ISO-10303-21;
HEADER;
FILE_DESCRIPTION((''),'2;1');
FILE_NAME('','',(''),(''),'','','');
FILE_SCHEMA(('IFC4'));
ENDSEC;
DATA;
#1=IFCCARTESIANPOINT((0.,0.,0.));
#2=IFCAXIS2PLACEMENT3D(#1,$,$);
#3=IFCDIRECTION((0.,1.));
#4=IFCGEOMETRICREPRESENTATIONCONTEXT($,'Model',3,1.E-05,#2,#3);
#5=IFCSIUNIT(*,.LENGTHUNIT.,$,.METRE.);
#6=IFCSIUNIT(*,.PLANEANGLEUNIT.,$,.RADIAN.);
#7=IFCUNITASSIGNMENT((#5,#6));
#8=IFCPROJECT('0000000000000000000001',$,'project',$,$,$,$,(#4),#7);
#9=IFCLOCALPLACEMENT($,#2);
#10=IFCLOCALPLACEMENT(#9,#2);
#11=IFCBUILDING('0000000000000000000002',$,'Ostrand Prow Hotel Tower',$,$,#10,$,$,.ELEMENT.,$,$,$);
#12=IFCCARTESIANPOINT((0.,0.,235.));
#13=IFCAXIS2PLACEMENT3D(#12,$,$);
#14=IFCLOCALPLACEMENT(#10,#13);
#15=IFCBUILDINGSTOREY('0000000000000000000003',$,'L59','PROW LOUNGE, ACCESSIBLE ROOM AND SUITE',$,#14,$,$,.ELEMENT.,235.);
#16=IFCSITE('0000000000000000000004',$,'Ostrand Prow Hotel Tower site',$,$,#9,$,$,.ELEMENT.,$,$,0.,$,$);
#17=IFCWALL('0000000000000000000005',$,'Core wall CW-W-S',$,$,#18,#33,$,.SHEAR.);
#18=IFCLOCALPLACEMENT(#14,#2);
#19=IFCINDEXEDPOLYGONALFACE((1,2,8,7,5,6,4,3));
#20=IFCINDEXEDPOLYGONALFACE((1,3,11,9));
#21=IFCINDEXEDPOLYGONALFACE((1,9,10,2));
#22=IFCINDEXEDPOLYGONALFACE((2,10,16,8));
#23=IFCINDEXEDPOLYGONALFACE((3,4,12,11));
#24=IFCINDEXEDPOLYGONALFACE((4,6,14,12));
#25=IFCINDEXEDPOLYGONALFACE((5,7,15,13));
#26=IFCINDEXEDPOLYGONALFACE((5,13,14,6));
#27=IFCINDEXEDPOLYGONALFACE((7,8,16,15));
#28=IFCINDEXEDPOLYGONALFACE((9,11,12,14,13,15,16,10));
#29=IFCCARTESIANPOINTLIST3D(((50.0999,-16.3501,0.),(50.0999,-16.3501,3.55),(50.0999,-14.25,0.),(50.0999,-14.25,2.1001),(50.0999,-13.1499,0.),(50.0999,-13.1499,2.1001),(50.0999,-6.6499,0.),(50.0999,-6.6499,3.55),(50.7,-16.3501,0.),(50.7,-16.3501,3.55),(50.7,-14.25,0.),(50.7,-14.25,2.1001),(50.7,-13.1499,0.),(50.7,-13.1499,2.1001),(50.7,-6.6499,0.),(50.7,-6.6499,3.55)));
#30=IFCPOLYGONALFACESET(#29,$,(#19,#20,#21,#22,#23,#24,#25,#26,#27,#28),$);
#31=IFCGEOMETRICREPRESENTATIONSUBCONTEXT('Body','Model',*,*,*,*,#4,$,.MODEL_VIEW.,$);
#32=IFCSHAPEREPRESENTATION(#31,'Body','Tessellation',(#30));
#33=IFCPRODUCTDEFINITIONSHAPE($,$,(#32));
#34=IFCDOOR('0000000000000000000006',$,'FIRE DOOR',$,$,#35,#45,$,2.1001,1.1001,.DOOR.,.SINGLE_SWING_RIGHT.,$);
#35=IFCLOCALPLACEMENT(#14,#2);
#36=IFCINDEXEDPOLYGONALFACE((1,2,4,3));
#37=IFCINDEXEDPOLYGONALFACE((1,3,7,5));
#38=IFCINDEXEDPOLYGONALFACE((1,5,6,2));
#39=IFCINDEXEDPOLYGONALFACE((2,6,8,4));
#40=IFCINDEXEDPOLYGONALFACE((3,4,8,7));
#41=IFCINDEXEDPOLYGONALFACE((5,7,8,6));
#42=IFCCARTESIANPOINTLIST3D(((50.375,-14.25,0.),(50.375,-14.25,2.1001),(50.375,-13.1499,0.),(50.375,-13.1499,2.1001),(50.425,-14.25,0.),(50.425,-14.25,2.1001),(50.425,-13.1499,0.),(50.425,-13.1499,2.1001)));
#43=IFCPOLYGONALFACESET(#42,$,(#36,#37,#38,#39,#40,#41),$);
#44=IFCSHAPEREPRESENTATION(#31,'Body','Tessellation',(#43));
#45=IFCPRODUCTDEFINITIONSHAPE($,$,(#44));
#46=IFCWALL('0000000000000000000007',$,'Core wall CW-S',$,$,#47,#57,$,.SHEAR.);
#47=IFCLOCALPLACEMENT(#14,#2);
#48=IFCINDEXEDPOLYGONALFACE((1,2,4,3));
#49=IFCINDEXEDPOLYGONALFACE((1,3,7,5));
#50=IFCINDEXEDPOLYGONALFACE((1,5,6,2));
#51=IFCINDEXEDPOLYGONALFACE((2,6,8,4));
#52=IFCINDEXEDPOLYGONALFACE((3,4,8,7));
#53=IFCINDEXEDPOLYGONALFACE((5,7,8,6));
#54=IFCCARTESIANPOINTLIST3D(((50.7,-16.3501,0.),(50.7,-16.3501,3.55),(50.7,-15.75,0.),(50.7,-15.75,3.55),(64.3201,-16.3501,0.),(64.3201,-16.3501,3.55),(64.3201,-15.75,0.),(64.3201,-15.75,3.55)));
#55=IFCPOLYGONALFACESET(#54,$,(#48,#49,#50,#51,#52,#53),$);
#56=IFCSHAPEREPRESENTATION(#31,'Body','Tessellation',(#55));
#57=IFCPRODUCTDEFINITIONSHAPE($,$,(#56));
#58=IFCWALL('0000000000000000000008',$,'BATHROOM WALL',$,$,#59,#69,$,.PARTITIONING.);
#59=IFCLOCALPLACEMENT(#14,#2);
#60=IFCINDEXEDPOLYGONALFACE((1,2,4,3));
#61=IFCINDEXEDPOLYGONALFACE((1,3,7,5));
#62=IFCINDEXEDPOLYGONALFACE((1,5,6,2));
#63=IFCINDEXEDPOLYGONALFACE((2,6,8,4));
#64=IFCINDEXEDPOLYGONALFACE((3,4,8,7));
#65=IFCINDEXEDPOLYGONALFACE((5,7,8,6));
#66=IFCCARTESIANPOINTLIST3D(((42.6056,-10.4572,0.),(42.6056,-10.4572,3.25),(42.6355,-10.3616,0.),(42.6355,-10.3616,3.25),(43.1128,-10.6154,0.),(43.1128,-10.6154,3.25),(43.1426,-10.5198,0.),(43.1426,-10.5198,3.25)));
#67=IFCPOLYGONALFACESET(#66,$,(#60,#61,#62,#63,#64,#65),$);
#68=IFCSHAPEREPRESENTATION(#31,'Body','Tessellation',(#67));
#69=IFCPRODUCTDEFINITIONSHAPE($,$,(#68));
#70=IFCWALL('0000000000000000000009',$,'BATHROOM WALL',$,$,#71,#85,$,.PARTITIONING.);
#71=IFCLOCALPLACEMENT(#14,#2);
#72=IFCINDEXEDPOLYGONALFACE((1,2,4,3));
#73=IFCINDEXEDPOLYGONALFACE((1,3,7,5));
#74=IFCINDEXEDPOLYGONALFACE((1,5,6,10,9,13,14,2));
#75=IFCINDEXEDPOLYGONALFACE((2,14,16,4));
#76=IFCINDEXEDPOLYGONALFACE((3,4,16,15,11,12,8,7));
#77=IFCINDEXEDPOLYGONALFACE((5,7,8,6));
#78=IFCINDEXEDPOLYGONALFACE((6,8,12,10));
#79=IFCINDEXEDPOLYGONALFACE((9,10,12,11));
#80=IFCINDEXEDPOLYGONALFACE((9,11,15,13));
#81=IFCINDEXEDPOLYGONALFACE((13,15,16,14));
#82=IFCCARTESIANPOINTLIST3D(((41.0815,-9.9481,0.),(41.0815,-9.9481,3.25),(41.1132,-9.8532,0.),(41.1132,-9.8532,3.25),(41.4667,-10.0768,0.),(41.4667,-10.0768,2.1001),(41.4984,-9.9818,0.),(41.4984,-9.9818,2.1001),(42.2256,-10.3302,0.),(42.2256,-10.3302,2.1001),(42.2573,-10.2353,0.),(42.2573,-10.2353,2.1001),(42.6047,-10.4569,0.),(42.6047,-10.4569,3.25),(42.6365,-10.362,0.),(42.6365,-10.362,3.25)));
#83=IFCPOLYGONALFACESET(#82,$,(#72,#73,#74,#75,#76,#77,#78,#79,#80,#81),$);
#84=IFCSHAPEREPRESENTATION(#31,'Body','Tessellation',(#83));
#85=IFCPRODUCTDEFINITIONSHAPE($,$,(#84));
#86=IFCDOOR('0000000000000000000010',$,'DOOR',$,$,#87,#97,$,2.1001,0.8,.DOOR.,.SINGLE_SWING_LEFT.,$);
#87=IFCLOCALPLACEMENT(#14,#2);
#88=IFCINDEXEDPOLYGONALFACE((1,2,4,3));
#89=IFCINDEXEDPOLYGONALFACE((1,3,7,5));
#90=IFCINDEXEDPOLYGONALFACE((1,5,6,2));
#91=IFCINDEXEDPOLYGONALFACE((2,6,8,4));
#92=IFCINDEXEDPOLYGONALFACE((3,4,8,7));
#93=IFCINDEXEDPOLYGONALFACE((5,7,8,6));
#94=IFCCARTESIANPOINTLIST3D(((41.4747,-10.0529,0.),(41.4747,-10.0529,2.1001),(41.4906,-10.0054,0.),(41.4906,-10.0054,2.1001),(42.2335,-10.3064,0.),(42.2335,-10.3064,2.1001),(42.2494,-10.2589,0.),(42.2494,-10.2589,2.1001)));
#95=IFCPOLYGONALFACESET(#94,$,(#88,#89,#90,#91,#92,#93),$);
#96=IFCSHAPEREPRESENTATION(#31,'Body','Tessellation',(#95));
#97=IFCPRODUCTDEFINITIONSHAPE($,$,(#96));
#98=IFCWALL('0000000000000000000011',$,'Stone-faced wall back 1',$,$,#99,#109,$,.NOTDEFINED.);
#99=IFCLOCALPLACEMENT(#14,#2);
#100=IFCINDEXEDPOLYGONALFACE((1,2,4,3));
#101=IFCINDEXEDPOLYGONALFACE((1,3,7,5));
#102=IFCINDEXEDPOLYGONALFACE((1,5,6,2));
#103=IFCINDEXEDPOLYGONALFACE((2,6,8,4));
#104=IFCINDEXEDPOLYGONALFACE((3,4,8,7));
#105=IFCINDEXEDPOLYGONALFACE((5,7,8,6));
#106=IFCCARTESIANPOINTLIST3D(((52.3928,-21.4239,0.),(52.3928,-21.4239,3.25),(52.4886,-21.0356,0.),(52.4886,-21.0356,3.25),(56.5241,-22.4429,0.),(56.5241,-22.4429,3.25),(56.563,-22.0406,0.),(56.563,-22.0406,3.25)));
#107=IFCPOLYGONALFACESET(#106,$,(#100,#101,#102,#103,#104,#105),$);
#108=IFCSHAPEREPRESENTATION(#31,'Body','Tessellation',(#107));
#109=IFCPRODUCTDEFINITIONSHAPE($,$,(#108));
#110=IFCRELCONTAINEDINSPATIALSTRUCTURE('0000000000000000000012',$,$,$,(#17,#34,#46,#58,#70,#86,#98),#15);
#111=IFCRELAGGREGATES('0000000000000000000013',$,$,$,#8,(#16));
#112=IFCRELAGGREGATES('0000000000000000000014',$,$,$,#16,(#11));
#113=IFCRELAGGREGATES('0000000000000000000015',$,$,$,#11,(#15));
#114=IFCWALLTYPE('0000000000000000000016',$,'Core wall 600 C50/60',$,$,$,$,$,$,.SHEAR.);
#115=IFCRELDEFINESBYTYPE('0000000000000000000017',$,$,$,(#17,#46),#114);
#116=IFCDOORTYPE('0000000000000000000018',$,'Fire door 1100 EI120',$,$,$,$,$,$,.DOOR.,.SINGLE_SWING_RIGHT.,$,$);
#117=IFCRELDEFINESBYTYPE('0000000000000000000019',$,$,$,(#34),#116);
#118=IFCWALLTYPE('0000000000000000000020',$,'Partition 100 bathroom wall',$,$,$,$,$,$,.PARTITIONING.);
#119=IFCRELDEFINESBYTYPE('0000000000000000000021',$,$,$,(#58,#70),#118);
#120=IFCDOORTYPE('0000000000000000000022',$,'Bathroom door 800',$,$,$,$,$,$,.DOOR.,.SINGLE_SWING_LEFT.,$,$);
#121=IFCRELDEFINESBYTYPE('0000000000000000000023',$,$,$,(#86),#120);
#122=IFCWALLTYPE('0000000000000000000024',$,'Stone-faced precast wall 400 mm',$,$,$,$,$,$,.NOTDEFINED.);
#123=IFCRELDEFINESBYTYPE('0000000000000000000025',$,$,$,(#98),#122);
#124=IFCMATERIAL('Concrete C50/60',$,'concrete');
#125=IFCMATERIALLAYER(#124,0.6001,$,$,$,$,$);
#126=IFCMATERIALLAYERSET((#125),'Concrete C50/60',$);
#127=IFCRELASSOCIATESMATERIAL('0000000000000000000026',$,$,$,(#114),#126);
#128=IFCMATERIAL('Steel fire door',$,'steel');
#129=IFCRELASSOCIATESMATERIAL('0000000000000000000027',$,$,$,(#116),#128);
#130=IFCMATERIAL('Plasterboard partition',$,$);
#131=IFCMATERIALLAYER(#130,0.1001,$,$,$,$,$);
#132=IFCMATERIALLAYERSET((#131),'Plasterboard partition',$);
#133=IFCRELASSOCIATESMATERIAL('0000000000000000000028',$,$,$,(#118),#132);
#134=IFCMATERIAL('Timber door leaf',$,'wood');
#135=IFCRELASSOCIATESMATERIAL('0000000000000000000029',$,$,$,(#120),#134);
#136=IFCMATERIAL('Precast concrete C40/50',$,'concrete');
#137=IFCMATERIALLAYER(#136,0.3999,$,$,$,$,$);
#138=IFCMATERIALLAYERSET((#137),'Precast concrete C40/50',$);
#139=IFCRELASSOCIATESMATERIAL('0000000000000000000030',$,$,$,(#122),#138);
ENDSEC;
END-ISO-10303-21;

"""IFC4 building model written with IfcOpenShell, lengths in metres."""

from ifc_helpers import new_model, si_unit, direction, frame, frame_2d, origin, place, context, subcontext, project, spatial, polyline, rectangle, outline, extrude, material, layer, layer_set, type_object, element, fill, save


model = new_model("IFC4")

# Units and contexts
model_context = context("Model", 3, precision=1e-05, world=origin(), true_north=direction((0.0, 1.0)))
body_context = subcontext(model_context, "Body", "Model", "MODEL_VIEW")
ifc_project = project(units=[si_unit("LENGTHUNIT", "METRE"), si_unit("PLANEANGLEUNIT", "RADIAN")], contexts=[model_context])

# Site, building, storey
site_placement = place(None, origin())
site = spatial("IfcSite", under=ifc_project, at=site_placement, Name="Ostrand Prow Hotel Tower site", CompositionType="ELEMENT", RefElevation=0.0)
building_placement = place(site_placement, origin())
building = spatial("IfcBuilding", under=site, at=building_placement, Name="Ostrand Prow Hotel Tower", CompositionType="ELEMENT")
storey_placement = place(building_placement, frame((0.0, 0.0, 235.0)))
storey = spatial("IfcBuildingStorey", under=building, at=storey_placement, Name="L59", Description="PROW LOUNGE, ACCESSIBLE ROOM AND SUITE", CompositionType="ELEMENT", Elevation=235.0)

# Wall, opening, door
ifc_material_1 = material(Name="Concrete C50/60", Category="concrete")
ifc_layer_1 = layer(ifc_material_1, 0.6001)
ifc_layer_set_1 = layer_set([ifc_layer_1], Name="Concrete C50/60")
wall_type_1 = type_object("IfcWallType", Name="Core wall 600 C50/60", PredefinedType="SHEAR", material=ifc_layer_set_1)
wall_1_placement = place(storey_placement, frame((50.3999, -16.3501, 0.0), z_axis=(0.0, 0.0, 1.0), x_axis=(0.0, 1.0, 0.0)))
wall_1 = element("IfcWall", 1, at=wall_1_placement, inside=storey, type_object=wall_type_1, Name="Core wall CW-W-S", PredefinedType="SHEAR", context=body_context, shape_type="SweptSolid", body=[
    extrude(rectangle(XDim=9.7002, YDim=0.6001, at=frame_2d((4.8501, 0.0))), origin(), (0.0, 0.0, 1.0), 3.55),
])
opening_1_placement = place(wall_1_placement, frame((2.1001, 0.0, 0.0)))
opening_1 = element("IfcOpeningElement", 2, at=opening_1_placement, cuts=wall_1, PredefinedType="OPENING", context=body_context, shape_type="SweptSolid", body=[
    extrude(rectangle(XDim=1.1001, YDim=2.1001, at=frame_2d((0.55, 1.05))), frame((0.0, 0.3101, 0.0), z_axis=(0.0, -1.0, 0.0), x_axis=(1.0, 0.0, 0.0)), (0.0, 0.0, 1.0), 0.6201),
])
ifc_material_2 = material(Name="Steel fire door", Category="steel")
door_type_1 = type_object("IfcDoorType", Name="Fire door 1100 EI120", OperationType="SINGLE_SWING_RIGHT", PredefinedType="DOOR", material=ifc_material_2)
door_1_placement = place(opening_1_placement, origin())
door_1 = element("IfcDoor", 3, at=door_1_placement, inside=storey, type_object=door_type_1, Name="FIRE DOOR", OperationType="SINGLE_SWING_RIGHT", OverallHeight=2.1001, OverallWidth=1.1001, PredefinedType="DOOR", context=body_context, shape_type="SweptSolid", body=[
    extrude(rectangle(XDim=1.1001, YDim=2.1001, at=frame_2d((0.55, 1.05))), frame((0.0, 0.0249, 0.0), z_axis=(0.0, -1.0, 0.0), x_axis=(1.0, 0.0, 0.0)), (0.0, 0.0, 1.0), 0.05),
])
fill(opening_1, door_1)

# Walls
wall_2_placement = place(storey_placement, frame((50.7, -16.05, 0.0), z_axis=(0.0, 0.0, 1.0), x_axis=(1.0, 0.0, 0.0)))
element("IfcWall", 4, at=wall_2_placement, inside=storey, type_object=wall_type_1, Name="Core wall CW-S", PredefinedType="SHEAR", context=body_context, shape_type="SweptSolid", body=[
    extrude(rectangle(XDim=13.6201, YDim=0.6001, at=frame_2d((6.8101, 0.0))), origin(), (0.0, 0.0, 1.0), 3.55),
])
ifc_material_3 = material(Name="Plasterboard partition")
ifc_layer_2 = layer(ifc_material_3, 0.1001)
ifc_layer_set_2 = layer_set([ifc_layer_2], Name="Plasterboard partition")
wall_type_2 = type_object("IfcWallType", Name="Partition 100 bathroom wall", PredefinedType="PARTITIONING", material=ifc_layer_set_2)
wall_3_placement = place(storey_placement, frame((43.1277, -10.5676, 0.0), z_axis=(0.0, 0.0, 1.0), x_axis=(-0.954619, 0.29783, 0.0)))
element("IfcWall", 5, at=wall_3_placement, inside=storey, type_object=wall_type_2, Name="BATHROOM WALL", PredefinedType="PARTITIONING", context=body_context, shape_type="SweptSolid", body=[
    extrude(rectangle(XDim=0.5312, YDim=0.1001, at=frame_2d((0.2656, 0.0))), origin(), (0.0, 0.0, 1.0), 3.25),
])

# Wall, opening, door
wall_4_placement = place(storey_placement, frame((42.6206, -10.4094, 0.0), z_axis=(0.0, 0.0, 1.0), x_axis=(-0.948485, 0.316821, 0.0)))
wall_4 = element("IfcWall", 6, at=wall_4_placement, inside=storey, type_object=wall_type_2, Name="BATHROOM WALL", PredefinedType="PARTITIONING", context=body_context, shape_type="SweptSolid", body=[
    extrude(rectangle(XDim=1.606, YDim=0.1001, at=frame_2d((0.803, 0.0))), origin(), (0.0, 0.0, 1.0), 3.25),
])
opening_2_placement = place(wall_4_placement, frame((0.3999, 0.0, 0.0)))
opening_2 = element("IfcOpeningElement", 7, at=opening_2_placement, cuts=wall_4, PredefinedType="OPENING", context=body_context, shape_type="SweptSolid", body=[
    extrude(rectangle(XDim=0.8, YDim=2.1001, at=frame_2d((0.3999, 1.05))), frame((0.0, 0.0601, 0.0), z_axis=(0.0, -1.0, 0.0), x_axis=(1.0, 0.0, 0.0)), (0.0, 0.0, 1.0), 0.1201),
])
ifc_material_4 = material(Name="Timber door leaf", Category="wood")
door_type_2 = type_object("IfcDoorType", Name="Bathroom door 800", OperationType="SINGLE_SWING_LEFT", PredefinedType="DOOR", material=ifc_material_4)
door_2_placement = place(opening_2_placement, origin())
door_2 = element("IfcDoor", 8, at=door_2_placement, inside=storey, type_object=door_type_2, Name="DOOR", OperationType="SINGLE_SWING_LEFT", OverallHeight=2.1001, OverallWidth=0.8, PredefinedType="DOOR", context=body_context, shape_type="SweptSolid", body=[
    extrude(rectangle(XDim=0.8, YDim=2.1001, at=frame_2d((0.3999, 1.05))), frame((0.0, 0.0249, 0.0), z_axis=(0.0, -1.0, 0.0), x_axis=(1.0, 0.0, 0.0)), (0.0, 0.0, 1.0), 0.05),
])
fill(opening_2, door_2)

# Wall
ifc_material_5 = material(Name="Precast concrete C40/50", Category="concrete")
ifc_layer_3 = layer(ifc_material_5, 0.3999)
ifc_layer_set_3 = layer_set([ifc_layer_3], Name="Precast concrete C40/50")
wall_type_3 = type_object("IfcWallType", Name="Stone-faced precast wall 400 mm", PredefinedType="NOTDEFINED", material=ifc_layer_set_3)
wall_5_placement = place(storey_placement, frame((52.4407, -21.2297, 0.0), z_axis=(0.0, 0.0, 1.0), x_axis=(0.970902, -0.239476, 0.0)))
element("IfcWall", 9, at=wall_5_placement, inside=storey, type_object=wall_type_3, Name="Stone-faced wall back 1", PredefinedType="NOTDEFINED", context=body_context, shape_type="SweptSolid", body=[
    extrude(outline(polyline([(0.0, -0.2), (4.2551, -0.2), (4.1965, 0.2), (0.0, 0.2), (0.0, -0.2)])), origin(), (0.0, 0.0, 1.0), 3.25),
])

save(model, "model.ifc")
